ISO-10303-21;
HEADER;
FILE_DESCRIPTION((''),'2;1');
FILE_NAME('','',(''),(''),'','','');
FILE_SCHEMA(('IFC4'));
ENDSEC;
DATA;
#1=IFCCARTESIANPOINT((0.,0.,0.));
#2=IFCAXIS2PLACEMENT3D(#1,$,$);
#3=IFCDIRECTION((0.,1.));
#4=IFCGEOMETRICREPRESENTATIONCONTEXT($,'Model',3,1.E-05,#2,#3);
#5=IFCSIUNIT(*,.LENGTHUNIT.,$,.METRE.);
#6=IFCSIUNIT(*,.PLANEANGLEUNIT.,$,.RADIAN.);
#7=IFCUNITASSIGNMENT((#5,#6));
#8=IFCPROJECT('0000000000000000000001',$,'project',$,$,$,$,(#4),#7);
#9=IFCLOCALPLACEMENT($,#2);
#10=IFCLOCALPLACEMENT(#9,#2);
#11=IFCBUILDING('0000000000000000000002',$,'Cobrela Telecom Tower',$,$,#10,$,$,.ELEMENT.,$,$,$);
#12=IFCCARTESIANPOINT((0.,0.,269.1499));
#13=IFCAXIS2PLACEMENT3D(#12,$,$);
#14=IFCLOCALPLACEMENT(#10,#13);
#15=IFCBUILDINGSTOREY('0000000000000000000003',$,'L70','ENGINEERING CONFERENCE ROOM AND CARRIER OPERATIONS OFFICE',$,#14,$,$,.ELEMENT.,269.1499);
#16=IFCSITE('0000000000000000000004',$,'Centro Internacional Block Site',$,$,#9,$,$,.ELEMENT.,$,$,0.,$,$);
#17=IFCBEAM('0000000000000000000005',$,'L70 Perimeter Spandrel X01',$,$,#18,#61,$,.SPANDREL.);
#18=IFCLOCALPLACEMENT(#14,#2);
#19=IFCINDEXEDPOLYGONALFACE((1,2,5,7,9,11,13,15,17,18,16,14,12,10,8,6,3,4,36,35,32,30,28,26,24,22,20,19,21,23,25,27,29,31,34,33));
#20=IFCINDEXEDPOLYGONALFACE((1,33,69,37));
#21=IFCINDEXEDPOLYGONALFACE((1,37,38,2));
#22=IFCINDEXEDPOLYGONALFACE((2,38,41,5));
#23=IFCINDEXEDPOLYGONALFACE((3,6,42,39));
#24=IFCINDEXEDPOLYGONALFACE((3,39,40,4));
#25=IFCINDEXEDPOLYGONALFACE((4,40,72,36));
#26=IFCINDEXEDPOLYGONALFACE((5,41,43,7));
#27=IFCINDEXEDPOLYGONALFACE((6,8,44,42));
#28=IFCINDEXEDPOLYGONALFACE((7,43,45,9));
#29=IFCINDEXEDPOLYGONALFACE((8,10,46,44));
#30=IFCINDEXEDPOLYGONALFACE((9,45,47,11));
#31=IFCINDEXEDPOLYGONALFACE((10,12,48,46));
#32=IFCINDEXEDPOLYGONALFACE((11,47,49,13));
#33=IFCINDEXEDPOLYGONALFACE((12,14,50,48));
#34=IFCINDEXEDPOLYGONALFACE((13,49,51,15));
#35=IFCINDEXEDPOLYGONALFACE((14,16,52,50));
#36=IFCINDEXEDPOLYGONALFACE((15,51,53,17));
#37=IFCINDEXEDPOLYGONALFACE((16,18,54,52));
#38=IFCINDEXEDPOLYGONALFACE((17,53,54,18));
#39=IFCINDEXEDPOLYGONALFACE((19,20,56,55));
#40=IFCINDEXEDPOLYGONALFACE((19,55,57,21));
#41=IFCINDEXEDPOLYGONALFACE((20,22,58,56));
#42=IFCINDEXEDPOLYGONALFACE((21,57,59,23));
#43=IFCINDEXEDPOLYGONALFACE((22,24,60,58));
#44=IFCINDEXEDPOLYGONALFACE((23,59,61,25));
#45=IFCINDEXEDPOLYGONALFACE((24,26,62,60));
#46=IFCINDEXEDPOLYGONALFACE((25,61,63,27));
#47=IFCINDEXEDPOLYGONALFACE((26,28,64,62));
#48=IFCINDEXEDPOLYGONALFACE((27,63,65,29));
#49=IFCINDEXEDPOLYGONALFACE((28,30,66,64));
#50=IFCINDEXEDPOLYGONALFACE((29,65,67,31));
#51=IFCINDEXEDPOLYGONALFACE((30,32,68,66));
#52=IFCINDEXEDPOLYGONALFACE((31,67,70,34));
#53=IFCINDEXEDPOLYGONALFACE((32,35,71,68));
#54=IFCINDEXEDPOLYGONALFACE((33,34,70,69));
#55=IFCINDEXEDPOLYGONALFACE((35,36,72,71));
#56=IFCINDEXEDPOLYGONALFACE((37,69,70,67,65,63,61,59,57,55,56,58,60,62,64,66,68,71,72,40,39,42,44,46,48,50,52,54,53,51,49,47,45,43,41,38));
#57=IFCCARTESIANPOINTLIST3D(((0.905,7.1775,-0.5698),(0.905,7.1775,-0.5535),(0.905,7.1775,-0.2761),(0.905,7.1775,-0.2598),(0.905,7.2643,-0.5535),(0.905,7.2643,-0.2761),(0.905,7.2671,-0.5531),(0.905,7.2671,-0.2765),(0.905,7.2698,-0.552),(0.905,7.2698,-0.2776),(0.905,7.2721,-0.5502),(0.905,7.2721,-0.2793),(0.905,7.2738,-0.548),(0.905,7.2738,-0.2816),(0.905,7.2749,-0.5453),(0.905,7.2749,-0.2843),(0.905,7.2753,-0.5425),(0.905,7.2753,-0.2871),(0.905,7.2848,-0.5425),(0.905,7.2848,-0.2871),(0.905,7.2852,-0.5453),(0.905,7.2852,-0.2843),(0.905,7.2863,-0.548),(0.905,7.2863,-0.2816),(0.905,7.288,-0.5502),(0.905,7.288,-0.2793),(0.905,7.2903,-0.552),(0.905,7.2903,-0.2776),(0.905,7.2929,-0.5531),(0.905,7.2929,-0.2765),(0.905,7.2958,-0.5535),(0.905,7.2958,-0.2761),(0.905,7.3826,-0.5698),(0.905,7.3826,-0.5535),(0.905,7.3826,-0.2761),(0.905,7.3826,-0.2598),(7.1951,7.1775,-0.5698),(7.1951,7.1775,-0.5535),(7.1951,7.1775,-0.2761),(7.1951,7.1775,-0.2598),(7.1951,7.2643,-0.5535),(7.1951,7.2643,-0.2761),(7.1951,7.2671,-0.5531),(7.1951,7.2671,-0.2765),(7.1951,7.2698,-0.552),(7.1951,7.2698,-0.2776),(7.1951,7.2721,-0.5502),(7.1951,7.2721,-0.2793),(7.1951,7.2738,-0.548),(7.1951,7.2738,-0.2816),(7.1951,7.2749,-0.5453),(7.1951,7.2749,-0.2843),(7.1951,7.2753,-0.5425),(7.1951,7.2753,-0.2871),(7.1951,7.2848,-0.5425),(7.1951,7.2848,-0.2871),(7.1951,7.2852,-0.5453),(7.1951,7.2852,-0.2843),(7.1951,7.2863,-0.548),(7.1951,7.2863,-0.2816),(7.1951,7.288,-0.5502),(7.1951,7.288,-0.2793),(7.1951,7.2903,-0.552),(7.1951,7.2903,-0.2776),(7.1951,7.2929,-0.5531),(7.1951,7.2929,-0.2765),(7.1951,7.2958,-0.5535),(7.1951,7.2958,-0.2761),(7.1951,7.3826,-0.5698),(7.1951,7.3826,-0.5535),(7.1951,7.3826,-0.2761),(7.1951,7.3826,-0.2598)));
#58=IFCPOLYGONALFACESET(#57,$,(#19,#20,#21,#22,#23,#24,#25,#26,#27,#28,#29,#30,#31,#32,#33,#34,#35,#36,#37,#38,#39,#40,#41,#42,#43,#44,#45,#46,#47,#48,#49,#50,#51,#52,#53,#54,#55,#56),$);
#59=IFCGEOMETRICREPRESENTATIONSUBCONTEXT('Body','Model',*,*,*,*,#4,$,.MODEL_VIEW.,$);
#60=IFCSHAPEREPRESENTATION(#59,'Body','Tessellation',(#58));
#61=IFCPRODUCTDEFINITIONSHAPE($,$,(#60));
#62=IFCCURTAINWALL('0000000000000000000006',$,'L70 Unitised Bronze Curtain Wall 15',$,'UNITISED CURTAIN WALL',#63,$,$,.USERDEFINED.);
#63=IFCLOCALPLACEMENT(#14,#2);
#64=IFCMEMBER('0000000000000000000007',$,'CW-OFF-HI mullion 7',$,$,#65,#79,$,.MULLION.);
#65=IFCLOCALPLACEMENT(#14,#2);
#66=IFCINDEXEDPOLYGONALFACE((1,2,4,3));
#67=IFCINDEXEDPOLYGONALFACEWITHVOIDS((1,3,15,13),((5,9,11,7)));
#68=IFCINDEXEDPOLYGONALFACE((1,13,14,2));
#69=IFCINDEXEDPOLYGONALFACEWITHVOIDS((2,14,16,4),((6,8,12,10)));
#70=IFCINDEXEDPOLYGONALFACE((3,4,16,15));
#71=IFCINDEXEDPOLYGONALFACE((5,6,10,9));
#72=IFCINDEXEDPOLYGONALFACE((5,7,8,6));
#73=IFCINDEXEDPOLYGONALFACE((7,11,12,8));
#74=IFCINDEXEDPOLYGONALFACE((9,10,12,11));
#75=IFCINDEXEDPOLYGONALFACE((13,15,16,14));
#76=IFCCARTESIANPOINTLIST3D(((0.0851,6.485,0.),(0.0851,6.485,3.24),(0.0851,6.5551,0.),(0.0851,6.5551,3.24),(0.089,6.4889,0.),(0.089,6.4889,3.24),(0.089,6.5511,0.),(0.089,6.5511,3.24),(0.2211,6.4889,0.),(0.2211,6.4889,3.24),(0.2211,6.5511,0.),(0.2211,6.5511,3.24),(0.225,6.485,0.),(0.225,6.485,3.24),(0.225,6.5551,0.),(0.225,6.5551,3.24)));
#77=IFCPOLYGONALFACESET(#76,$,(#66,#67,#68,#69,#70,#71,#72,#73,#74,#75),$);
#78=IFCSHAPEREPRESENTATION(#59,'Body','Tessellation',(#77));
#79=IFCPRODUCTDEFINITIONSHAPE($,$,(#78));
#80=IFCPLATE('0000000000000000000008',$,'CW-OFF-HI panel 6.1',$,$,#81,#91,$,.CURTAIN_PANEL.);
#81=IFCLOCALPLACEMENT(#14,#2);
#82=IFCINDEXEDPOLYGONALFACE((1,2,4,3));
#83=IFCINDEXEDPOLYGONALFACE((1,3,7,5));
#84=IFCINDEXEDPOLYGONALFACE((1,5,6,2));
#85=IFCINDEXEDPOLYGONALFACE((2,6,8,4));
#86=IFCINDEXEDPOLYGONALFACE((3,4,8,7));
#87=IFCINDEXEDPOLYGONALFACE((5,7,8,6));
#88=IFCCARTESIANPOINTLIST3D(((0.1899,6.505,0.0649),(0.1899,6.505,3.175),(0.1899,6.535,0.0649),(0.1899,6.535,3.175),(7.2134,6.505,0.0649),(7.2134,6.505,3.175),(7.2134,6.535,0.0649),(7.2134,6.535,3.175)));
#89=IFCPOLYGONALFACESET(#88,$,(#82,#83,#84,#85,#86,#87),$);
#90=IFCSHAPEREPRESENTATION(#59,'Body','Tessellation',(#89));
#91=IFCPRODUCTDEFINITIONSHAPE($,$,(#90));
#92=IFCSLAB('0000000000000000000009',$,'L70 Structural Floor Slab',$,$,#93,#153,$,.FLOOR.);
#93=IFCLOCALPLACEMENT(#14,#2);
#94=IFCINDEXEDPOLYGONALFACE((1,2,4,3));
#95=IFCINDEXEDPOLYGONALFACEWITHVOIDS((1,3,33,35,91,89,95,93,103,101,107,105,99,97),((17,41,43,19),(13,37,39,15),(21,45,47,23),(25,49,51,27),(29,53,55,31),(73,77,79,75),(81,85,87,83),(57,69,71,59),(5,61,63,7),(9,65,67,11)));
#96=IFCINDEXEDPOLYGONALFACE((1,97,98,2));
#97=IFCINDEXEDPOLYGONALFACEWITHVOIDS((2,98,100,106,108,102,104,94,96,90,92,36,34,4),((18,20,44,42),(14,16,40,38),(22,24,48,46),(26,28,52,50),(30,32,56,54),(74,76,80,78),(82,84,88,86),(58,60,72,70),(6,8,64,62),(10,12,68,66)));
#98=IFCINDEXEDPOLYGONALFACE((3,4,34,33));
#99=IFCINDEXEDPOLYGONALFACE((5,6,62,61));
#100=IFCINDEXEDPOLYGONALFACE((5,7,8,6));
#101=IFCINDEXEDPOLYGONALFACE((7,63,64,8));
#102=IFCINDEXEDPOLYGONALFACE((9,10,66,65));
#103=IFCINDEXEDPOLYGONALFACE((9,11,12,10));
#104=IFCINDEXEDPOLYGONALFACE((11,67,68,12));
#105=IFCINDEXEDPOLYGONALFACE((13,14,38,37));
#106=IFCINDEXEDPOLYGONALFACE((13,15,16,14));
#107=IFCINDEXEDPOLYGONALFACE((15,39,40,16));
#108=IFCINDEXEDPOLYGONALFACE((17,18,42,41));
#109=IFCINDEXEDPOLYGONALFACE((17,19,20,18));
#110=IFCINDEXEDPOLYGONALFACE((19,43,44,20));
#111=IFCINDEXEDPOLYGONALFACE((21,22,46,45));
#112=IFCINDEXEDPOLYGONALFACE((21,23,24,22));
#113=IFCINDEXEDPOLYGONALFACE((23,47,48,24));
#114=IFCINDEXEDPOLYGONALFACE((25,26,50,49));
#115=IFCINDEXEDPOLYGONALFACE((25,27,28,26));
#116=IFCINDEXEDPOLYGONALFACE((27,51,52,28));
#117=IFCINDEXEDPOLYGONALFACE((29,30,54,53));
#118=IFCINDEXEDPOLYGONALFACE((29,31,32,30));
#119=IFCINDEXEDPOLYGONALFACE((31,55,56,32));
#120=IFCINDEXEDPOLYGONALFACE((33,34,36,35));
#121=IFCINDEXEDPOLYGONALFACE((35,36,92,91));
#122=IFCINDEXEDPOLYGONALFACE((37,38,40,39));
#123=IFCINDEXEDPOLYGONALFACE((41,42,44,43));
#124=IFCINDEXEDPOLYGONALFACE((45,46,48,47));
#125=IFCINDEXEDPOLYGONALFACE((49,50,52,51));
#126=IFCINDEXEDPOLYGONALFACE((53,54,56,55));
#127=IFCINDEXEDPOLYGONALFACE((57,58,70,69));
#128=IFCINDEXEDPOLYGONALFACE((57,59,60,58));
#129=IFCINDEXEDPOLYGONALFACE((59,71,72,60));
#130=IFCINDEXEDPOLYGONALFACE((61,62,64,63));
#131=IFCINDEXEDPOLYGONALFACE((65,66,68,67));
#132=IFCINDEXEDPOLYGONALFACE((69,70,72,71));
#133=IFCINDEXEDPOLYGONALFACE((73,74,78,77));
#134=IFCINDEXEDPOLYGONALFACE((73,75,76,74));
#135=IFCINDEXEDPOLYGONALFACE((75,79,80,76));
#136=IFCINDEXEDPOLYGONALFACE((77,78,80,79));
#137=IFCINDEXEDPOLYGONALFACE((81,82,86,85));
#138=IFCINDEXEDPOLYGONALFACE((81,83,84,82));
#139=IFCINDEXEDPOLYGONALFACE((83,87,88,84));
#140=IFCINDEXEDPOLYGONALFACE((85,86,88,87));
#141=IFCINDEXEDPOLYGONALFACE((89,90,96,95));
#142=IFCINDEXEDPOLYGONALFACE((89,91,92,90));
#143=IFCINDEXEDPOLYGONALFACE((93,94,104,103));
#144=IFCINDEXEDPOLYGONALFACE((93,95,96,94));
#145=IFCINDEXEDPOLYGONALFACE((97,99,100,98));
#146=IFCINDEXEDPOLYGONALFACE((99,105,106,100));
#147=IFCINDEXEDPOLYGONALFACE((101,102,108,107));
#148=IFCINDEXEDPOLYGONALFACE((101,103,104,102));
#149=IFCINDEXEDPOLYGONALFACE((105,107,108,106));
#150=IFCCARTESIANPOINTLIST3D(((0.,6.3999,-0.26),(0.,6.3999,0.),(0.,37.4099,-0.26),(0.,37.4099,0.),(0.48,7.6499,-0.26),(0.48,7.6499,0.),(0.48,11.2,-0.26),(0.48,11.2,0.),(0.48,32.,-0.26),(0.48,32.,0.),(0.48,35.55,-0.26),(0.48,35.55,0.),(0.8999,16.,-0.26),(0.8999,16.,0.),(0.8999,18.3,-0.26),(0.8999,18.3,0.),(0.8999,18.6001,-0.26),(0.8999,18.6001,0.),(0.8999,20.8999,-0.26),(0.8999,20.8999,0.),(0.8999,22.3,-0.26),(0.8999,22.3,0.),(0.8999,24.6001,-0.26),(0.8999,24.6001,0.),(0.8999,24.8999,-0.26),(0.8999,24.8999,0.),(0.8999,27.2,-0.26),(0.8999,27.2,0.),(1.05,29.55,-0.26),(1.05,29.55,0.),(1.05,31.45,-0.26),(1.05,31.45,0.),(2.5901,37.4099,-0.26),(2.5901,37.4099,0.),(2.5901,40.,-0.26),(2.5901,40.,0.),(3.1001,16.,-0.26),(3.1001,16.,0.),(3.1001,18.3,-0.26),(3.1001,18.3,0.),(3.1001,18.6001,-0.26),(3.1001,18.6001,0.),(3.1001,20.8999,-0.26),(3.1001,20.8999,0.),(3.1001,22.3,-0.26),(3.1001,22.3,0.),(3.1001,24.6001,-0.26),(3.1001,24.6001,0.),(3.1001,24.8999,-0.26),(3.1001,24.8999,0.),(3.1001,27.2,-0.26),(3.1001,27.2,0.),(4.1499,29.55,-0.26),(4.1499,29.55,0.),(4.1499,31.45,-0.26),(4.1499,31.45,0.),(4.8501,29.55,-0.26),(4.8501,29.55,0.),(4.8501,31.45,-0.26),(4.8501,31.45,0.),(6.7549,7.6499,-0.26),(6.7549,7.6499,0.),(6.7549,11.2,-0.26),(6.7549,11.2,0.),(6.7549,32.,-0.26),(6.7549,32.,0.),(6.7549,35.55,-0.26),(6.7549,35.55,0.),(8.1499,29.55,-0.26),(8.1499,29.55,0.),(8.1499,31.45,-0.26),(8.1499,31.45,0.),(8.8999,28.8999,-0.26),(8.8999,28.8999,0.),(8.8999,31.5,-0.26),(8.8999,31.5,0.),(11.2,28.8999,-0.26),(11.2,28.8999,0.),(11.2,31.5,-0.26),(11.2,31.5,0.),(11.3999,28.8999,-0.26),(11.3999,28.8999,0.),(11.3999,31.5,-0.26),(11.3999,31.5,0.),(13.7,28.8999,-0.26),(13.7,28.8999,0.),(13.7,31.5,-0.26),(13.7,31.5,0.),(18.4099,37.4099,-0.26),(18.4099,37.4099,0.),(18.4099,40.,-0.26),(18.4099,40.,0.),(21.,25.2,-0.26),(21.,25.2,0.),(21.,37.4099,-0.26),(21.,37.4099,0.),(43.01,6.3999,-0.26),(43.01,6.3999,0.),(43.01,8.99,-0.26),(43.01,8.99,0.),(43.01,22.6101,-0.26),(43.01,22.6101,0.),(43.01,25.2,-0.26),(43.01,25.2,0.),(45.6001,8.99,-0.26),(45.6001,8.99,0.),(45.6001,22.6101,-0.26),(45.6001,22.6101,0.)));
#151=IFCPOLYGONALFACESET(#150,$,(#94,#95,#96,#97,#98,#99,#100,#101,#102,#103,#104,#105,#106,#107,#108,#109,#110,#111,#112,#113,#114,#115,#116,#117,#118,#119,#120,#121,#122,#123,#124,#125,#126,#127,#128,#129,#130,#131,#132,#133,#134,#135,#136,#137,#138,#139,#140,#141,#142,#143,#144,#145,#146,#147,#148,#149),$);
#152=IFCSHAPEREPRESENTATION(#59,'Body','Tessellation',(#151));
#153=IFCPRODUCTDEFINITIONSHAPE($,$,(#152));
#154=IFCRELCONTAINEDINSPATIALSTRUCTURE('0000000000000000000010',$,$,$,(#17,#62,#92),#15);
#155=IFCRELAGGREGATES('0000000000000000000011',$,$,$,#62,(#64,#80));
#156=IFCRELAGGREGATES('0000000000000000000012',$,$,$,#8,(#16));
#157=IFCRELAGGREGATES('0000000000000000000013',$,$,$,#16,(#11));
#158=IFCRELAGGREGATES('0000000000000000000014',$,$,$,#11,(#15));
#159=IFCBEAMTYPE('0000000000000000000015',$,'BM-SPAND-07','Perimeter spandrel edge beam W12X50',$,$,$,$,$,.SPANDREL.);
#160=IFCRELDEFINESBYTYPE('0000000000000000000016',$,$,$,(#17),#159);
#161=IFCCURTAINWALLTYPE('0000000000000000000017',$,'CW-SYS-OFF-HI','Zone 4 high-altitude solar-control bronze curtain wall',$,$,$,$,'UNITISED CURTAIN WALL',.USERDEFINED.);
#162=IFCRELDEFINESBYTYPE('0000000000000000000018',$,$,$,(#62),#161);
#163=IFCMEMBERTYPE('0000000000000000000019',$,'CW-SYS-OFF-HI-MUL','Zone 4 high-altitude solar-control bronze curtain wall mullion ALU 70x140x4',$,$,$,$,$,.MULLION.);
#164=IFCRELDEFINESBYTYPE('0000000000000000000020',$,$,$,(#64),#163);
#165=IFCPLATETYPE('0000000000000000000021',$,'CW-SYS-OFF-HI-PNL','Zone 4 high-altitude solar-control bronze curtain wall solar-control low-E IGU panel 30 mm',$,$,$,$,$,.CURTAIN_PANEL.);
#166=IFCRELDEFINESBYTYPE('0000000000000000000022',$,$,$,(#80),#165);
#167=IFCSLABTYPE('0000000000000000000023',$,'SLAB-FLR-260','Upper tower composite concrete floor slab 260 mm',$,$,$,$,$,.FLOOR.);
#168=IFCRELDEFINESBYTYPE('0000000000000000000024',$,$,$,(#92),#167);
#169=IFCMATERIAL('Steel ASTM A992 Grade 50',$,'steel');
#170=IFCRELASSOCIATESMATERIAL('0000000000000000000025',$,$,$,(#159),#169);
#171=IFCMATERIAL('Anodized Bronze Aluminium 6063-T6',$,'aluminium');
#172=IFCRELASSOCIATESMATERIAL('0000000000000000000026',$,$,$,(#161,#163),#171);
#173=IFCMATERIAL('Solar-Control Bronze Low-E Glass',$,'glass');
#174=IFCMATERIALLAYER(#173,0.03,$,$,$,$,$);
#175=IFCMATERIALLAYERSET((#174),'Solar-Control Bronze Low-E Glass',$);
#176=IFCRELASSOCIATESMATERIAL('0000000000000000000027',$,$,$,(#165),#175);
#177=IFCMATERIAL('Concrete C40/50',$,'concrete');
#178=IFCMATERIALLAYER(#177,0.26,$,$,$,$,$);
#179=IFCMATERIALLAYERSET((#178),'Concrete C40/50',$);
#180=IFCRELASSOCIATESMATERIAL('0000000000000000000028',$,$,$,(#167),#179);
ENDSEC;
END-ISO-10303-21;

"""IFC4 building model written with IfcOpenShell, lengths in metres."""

from ifc_helpers import new_model, si_unit, direction, frame, origin, origin_2d, place, context, subcontext, project, spatial, polyline, rectangle, hollow_rectangle, i_section, outline, extrude, material, layer, layer_set, material_profile, profile_set, type_object, element, aggregate, save


model = new_model("IFC4")

# Units and contexts
model_context = context("Model", 3, precision=1e-05, world=origin(), true_north=direction((0.0, 1.0)))
body_context = subcontext(model_context, "Body", "Model", "MODEL_VIEW")
ifc_project = project(units=[si_unit("LENGTHUNIT", "METRE"), si_unit("PLANEANGLEUNIT", "RADIAN")], contexts=[model_context])

# Site, building, storey
site_placement = place(None, origin())
site = spatial("IfcSite", under=ifc_project, at=site_placement, Name="Centro Internacional Block Site", CompositionType="ELEMENT", RefElevation=0.0)
building_placement = place(site_placement, origin())
building = spatial("IfcBuilding", under=site, at=building_placement, Name="Cobrela Telecom Tower", CompositionType="ELEMENT")
storey_placement = place(building_placement, frame((0.0, 0.0, 269.1499)))
storey = spatial("IfcBuildingStorey", under=building, at=storey_placement, Name="L70", Description="ENGINEERING CONFERENCE ROOM AND CARRIER OPERATIONS OFFICE", CompositionType="ELEMENT", Elevation=269.1499)

# Beam
ifc_material_1 = material(Name="Steel ASTM A992 Grade 50", Category="steel")
ifc_material_profile_1 = material_profile(ifc_material_1, i_section(OverallWidth=0.2051, OverallDepth=0.3101, WebThickness=0.0095, FlangeThickness=0.0164, FilletRadius=0.011, at=origin_2d()), Name="W12X50")
ifc_profile_set_1 = profile_set([ifc_material_profile_1], Name="Steel ASTM A992 Grade 50")
beam_type = type_object("IfcBeamType", Name="BM-SPAND-07", Description="Perimeter spandrel edge beam W12X50", PredefinedType="SPANDREL", material=ifc_profile_set_1)
beam_placement = place(storey_placement, frame((0.905, 7.28, -0.4148), z_axis=(1.0, 0.0, 0.0), x_axis=(0.0, 1.0, 0.0)))
element("IfcBeam", 1, at=beam_placement, inside=storey, type_object=beam_type, Name="L70 Perimeter Spandrel X01", PredefinedType="SPANDREL", context=body_context, shape_type="SweptSolid", body=[
    extrude(i_section(OverallWidth=0.2051, OverallDepth=0.3101, WebThickness=0.0095, FlangeThickness=0.0164, FilletRadius=0.011, at=origin_2d()), origin(), (0.0, 0.0, 1.0), 6.29),
])

# Curtain wall, member, plate
ifc_material_2 = material(Name="Anodized Bronze Aluminium 6063-T6", Category="aluminium")
curtain_wall_type = type_object("IfcCurtainWallType", Name="CW-SYS-OFF-HI", Description="Zone 4 high-altitude solar-control bronze curtain wall", ElementType="UNITISED CURTAIN WALL", PredefinedType="USERDEFINED", material=ifc_material_2)
curtain_wall_placement = place(storey_placement, origin())
curtain_wall = element("IfcCurtainWall", 2, at=curtain_wall_placement, inside=storey, type_object=curtain_wall_type, Name="L70 Unitised Bronze Curtain Wall 15", ObjectType="UNITISED CURTAIN WALL", PredefinedType="USERDEFINED")
ifc_material_profile_2 = material_profile(ifc_material_2, hollow_rectangle(XDim=0.0701, YDim=0.1399, WallThickness=0.0039, at=origin_2d()), Name="ALU 70x140x4")
ifc_profile_set_2 = profile_set([ifc_material_profile_2], Name="Anodized Bronze Aluminium 6063-T6")
member_type = type_object("IfcMemberType", Name="CW-SYS-OFF-HI-MUL", Description="Zone 4 high-altitude solar-control bronze curtain wall mullion ALU 70x140x4", PredefinedType="MULLION", material=ifc_profile_set_2)
member_placement = place(storey_placement, frame((0.155, 6.52, 0.0), z_axis=(0.0, 0.0, 1.0), x_axis=(0.0, -1.0, 0.0)))
member = element("IfcMember", 3, at=member_placement, type_object=member_type, Name="CW-OFF-HI mullion 7", PredefinedType="MULLION", context=body_context, shape_type="SweptSolid", body=[
    extrude(hollow_rectangle(XDim=0.0701, YDim=0.1399, WallThickness=0.0039, at=origin_2d()), origin(), (0.0, 0.0, 1.0), 3.24),
])
ifc_material_3 = material(Name="Solar-Control Bronze Low-E Glass", Category="glass")
ifc_layer_1 = layer(ifc_material_3, 0.03)
ifc_layer_set_1 = layer_set([ifc_layer_1], Name="Solar-Control Bronze Low-E Glass")
plate_type = type_object("IfcPlateType", Name="CW-SYS-OFF-HI-PNL", Description="Zone 4 high-altitude solar-control bronze curtain wall solar-control low-E IGU panel 30 mm", PredefinedType="CURTAIN_PANEL", material=ifc_layer_set_1)
plate_placement = place(storey_placement, frame((3.7017, 6.52, 0.0649), z_axis=(0.0, 0.0, 1.0), x_axis=(-1.0, 0.0, 0.0)))
plate = element("IfcPlate", 4, at=plate_placement, type_object=plate_type, Name="CW-OFF-HI panel 6.1", PredefinedType="CURTAIN_PANEL", context=body_context, shape_type="SweptSolid", body=[
    extrude(rectangle(XDim=7.0234, YDim=0.03, at=origin_2d()), origin(), (0.0, 0.0, 1.0), 3.1101),
])
aggregate(curtain_wall, [member, plate])

# Slab, openings
ifc_material_4 = material(Name="Concrete C40/50", Category="concrete")
ifc_layer_2 = layer(ifc_material_4, 0.26)
ifc_layer_set_2 = layer_set([ifc_layer_2], Name="Concrete C40/50")
slab_type_1 = type_object("IfcSlabType", Name="SLAB-FLR-260", Description="Upper tower composite concrete floor slab 260 mm", PredefinedType="FLOOR", material=ifc_layer_set_2)
slab_1_placement = place(storey_placement, frame((0.0, 0.0, -0.26)))
slab_1 = element("IfcSlab", 5, at=slab_1_placement, inside=storey, type_object=slab_type_1, Name="L70 Structural Floor Slab", PredefinedType="FLOOR", context=body_context, shape_type="SweptSolid", body=[
    extrude(outline(polyline([(0.0, 6.3999), (43.01, 6.3999), (43.01, 8.99), (45.6001, 8.99), (45.6001, 22.6101), (43.01, 22.6101), (43.01, 25.2), (21.0, 25.2), (21.0, 37.4099), (18.4099, 37.4099), (18.4099, 40.0), (2.5901, 40.0), (2.5901, 37.4099), (0.0, 37.4099), (0.0, 6.3999)])), origin(), (0.0, 0.0, 1.0), 0.26),
])
opening_1_placement = place(slab_1_placement, frame((0.0, 0.0, -0.02)))
element("IfcOpeningElement", 6, at=opening_1_placement, cuts=slab_1, PredefinedType="OPENING", context=body_context, shape_type="SweptSolid", body=[
    extrude(outline(polyline([(8.8999, 28.8999), (11.2, 28.8999), (11.2, 31.5), (8.8999, 31.5), (8.8999, 28.8999)])), origin(), (0.0, 0.0, 1.0), 0.3),
])
opening_2_placement = place(slab_1_placement, frame((0.0, 0.0, -0.02)))
element("IfcOpeningElement", 7, at=opening_2_placement, cuts=slab_1, PredefinedType="OPENING", context=body_context, shape_type="SweptSolid", body=[
    extrude(outline(polyline([(11.3999, 28.8999), (13.7, 28.8999), (13.7, 31.5), (11.3999, 31.5), (11.3999, 28.8999)])), origin(), (0.0, 0.0, 1.0), 0.3),
])
opening_3_placement = place(slab_1_placement, frame((0.0, 0.0, -0.02)))
element("IfcOpeningElement", 8, at=opening_3_placement, cuts=slab_1, PredefinedType="OPENING", context=body_context, shape_type="SweptSolid", body=[
    extrude(outline(polyline([(0.8999, 16.0), (3.1001, 16.0), (3.1001, 18.3), (0.8999, 18.3), (0.8999, 16.0)])), origin(), (0.0, 0.0, 1.0), 0.3),
])
opening_4_placement = place(slab_1_placement, frame((0.0, 0.0, -0.02)))
element("IfcOpeningElement", 9, at=opening_4_placement, cuts=slab_1, PredefinedType="OPENING", context=body_context, shape_type="SweptSolid", body=[
    extrude(outline(polyline([(0.8999, 18.6001), (3.1001, 18.6001), (3.1001, 20.8999), (0.8999, 20.8999), (0.8999, 18.6001)])), origin(), (0.0, 0.0, 1.0), 0.3),
])
opening_5_placement = place(slab_1_placement, frame((0.0, 0.0, -0.02)))
element("IfcOpeningElement", 10, at=opening_5_placement, cuts=slab_1, PredefinedType="OPENING", context=body_context, shape_type="SweptSolid", body=[
    extrude(outline(polyline([(0.8999, 22.3), (3.1001, 22.3), (3.1001, 24.6001), (0.8999, 24.6001), (0.8999, 22.3)])), origin(), (0.0, 0.0, 1.0), 0.3),
])
opening_6_placement = place(slab_1_placement, frame((0.0, 0.0, -0.02)))
element("IfcOpeningElement", 11, at=opening_6_placement, cuts=slab_1, PredefinedType="OPENING", context=body_context, shape_type="SweptSolid", body=[
    extrude(outline(polyline([(0.8999, 24.8999), (3.1001, 24.8999), (3.1001, 27.2), (0.8999, 27.2), (0.8999, 24.8999)])), origin(), (0.0, 0.0, 1.0), 0.3),
])
opening_7_placement = place(slab_1_placement, frame((0.0, 0.0, -0.02)))
element("IfcOpeningElement", 12, at=opening_7_placement, cuts=slab_1, PredefinedType="OPENING", context=body_context, shape_type="SweptSolid", body=[
    extrude(outline(polyline([(1.05, 29.55), (4.1499, 29.55), (4.1499, 31.45), (1.05, 31.45), (1.05, 29.55)])), origin(), (0.0, 0.0, 1.0), 0.3),
])
opening_8_placement = place(slab_1_placement, frame((0.0, 0.0, -0.02)))
element("IfcOpeningElement", 13, at=opening_8_placement, cuts=slab_1, PredefinedType="OPENING", context=body_context, shape_type="SweptSolid", body=[
    extrude(outline(polyline([(4.8501, 29.55), (8.1499, 29.55), (8.1499, 31.45), (4.8501, 31.45), (4.8501, 29.55)])), origin(), (0.0, 0.0, 1.0), 0.3),
])
opening_9_placement = place(slab_1_placement, frame((0.0, 0.0, -0.02)))
element("IfcOpeningElement", 14, at=opening_9_placement, cuts=slab_1, PredefinedType="OPENING", context=body_context, shape_type="SweptSolid", body=[
    extrude(outline(polyline([(6.7549, 35.55), (0.48, 35.55), (0.48, 32.0), (6.7549, 32.0), (6.7549, 35.55)])), origin(), (0.0, 0.0, 1.0), 0.3),
])
opening_10_placement = place(slab_1_placement, frame((0.0, 0.0, -0.02)))
element("IfcOpeningElement", 15, at=opening_10_placement, cuts=slab_1, PredefinedType="OPENING", context=body_context, shape_type="SweptSolid", body=[
    extrude(outline(polyline([(6.7549, 11.2), (0.48, 11.2), (0.48, 7.6499), (6.7549, 7.6499), (6.7549, 11.2)])), origin(), (0.0, 0.0, 1.0), 0.3),
])

save(model, "model.ifc")
